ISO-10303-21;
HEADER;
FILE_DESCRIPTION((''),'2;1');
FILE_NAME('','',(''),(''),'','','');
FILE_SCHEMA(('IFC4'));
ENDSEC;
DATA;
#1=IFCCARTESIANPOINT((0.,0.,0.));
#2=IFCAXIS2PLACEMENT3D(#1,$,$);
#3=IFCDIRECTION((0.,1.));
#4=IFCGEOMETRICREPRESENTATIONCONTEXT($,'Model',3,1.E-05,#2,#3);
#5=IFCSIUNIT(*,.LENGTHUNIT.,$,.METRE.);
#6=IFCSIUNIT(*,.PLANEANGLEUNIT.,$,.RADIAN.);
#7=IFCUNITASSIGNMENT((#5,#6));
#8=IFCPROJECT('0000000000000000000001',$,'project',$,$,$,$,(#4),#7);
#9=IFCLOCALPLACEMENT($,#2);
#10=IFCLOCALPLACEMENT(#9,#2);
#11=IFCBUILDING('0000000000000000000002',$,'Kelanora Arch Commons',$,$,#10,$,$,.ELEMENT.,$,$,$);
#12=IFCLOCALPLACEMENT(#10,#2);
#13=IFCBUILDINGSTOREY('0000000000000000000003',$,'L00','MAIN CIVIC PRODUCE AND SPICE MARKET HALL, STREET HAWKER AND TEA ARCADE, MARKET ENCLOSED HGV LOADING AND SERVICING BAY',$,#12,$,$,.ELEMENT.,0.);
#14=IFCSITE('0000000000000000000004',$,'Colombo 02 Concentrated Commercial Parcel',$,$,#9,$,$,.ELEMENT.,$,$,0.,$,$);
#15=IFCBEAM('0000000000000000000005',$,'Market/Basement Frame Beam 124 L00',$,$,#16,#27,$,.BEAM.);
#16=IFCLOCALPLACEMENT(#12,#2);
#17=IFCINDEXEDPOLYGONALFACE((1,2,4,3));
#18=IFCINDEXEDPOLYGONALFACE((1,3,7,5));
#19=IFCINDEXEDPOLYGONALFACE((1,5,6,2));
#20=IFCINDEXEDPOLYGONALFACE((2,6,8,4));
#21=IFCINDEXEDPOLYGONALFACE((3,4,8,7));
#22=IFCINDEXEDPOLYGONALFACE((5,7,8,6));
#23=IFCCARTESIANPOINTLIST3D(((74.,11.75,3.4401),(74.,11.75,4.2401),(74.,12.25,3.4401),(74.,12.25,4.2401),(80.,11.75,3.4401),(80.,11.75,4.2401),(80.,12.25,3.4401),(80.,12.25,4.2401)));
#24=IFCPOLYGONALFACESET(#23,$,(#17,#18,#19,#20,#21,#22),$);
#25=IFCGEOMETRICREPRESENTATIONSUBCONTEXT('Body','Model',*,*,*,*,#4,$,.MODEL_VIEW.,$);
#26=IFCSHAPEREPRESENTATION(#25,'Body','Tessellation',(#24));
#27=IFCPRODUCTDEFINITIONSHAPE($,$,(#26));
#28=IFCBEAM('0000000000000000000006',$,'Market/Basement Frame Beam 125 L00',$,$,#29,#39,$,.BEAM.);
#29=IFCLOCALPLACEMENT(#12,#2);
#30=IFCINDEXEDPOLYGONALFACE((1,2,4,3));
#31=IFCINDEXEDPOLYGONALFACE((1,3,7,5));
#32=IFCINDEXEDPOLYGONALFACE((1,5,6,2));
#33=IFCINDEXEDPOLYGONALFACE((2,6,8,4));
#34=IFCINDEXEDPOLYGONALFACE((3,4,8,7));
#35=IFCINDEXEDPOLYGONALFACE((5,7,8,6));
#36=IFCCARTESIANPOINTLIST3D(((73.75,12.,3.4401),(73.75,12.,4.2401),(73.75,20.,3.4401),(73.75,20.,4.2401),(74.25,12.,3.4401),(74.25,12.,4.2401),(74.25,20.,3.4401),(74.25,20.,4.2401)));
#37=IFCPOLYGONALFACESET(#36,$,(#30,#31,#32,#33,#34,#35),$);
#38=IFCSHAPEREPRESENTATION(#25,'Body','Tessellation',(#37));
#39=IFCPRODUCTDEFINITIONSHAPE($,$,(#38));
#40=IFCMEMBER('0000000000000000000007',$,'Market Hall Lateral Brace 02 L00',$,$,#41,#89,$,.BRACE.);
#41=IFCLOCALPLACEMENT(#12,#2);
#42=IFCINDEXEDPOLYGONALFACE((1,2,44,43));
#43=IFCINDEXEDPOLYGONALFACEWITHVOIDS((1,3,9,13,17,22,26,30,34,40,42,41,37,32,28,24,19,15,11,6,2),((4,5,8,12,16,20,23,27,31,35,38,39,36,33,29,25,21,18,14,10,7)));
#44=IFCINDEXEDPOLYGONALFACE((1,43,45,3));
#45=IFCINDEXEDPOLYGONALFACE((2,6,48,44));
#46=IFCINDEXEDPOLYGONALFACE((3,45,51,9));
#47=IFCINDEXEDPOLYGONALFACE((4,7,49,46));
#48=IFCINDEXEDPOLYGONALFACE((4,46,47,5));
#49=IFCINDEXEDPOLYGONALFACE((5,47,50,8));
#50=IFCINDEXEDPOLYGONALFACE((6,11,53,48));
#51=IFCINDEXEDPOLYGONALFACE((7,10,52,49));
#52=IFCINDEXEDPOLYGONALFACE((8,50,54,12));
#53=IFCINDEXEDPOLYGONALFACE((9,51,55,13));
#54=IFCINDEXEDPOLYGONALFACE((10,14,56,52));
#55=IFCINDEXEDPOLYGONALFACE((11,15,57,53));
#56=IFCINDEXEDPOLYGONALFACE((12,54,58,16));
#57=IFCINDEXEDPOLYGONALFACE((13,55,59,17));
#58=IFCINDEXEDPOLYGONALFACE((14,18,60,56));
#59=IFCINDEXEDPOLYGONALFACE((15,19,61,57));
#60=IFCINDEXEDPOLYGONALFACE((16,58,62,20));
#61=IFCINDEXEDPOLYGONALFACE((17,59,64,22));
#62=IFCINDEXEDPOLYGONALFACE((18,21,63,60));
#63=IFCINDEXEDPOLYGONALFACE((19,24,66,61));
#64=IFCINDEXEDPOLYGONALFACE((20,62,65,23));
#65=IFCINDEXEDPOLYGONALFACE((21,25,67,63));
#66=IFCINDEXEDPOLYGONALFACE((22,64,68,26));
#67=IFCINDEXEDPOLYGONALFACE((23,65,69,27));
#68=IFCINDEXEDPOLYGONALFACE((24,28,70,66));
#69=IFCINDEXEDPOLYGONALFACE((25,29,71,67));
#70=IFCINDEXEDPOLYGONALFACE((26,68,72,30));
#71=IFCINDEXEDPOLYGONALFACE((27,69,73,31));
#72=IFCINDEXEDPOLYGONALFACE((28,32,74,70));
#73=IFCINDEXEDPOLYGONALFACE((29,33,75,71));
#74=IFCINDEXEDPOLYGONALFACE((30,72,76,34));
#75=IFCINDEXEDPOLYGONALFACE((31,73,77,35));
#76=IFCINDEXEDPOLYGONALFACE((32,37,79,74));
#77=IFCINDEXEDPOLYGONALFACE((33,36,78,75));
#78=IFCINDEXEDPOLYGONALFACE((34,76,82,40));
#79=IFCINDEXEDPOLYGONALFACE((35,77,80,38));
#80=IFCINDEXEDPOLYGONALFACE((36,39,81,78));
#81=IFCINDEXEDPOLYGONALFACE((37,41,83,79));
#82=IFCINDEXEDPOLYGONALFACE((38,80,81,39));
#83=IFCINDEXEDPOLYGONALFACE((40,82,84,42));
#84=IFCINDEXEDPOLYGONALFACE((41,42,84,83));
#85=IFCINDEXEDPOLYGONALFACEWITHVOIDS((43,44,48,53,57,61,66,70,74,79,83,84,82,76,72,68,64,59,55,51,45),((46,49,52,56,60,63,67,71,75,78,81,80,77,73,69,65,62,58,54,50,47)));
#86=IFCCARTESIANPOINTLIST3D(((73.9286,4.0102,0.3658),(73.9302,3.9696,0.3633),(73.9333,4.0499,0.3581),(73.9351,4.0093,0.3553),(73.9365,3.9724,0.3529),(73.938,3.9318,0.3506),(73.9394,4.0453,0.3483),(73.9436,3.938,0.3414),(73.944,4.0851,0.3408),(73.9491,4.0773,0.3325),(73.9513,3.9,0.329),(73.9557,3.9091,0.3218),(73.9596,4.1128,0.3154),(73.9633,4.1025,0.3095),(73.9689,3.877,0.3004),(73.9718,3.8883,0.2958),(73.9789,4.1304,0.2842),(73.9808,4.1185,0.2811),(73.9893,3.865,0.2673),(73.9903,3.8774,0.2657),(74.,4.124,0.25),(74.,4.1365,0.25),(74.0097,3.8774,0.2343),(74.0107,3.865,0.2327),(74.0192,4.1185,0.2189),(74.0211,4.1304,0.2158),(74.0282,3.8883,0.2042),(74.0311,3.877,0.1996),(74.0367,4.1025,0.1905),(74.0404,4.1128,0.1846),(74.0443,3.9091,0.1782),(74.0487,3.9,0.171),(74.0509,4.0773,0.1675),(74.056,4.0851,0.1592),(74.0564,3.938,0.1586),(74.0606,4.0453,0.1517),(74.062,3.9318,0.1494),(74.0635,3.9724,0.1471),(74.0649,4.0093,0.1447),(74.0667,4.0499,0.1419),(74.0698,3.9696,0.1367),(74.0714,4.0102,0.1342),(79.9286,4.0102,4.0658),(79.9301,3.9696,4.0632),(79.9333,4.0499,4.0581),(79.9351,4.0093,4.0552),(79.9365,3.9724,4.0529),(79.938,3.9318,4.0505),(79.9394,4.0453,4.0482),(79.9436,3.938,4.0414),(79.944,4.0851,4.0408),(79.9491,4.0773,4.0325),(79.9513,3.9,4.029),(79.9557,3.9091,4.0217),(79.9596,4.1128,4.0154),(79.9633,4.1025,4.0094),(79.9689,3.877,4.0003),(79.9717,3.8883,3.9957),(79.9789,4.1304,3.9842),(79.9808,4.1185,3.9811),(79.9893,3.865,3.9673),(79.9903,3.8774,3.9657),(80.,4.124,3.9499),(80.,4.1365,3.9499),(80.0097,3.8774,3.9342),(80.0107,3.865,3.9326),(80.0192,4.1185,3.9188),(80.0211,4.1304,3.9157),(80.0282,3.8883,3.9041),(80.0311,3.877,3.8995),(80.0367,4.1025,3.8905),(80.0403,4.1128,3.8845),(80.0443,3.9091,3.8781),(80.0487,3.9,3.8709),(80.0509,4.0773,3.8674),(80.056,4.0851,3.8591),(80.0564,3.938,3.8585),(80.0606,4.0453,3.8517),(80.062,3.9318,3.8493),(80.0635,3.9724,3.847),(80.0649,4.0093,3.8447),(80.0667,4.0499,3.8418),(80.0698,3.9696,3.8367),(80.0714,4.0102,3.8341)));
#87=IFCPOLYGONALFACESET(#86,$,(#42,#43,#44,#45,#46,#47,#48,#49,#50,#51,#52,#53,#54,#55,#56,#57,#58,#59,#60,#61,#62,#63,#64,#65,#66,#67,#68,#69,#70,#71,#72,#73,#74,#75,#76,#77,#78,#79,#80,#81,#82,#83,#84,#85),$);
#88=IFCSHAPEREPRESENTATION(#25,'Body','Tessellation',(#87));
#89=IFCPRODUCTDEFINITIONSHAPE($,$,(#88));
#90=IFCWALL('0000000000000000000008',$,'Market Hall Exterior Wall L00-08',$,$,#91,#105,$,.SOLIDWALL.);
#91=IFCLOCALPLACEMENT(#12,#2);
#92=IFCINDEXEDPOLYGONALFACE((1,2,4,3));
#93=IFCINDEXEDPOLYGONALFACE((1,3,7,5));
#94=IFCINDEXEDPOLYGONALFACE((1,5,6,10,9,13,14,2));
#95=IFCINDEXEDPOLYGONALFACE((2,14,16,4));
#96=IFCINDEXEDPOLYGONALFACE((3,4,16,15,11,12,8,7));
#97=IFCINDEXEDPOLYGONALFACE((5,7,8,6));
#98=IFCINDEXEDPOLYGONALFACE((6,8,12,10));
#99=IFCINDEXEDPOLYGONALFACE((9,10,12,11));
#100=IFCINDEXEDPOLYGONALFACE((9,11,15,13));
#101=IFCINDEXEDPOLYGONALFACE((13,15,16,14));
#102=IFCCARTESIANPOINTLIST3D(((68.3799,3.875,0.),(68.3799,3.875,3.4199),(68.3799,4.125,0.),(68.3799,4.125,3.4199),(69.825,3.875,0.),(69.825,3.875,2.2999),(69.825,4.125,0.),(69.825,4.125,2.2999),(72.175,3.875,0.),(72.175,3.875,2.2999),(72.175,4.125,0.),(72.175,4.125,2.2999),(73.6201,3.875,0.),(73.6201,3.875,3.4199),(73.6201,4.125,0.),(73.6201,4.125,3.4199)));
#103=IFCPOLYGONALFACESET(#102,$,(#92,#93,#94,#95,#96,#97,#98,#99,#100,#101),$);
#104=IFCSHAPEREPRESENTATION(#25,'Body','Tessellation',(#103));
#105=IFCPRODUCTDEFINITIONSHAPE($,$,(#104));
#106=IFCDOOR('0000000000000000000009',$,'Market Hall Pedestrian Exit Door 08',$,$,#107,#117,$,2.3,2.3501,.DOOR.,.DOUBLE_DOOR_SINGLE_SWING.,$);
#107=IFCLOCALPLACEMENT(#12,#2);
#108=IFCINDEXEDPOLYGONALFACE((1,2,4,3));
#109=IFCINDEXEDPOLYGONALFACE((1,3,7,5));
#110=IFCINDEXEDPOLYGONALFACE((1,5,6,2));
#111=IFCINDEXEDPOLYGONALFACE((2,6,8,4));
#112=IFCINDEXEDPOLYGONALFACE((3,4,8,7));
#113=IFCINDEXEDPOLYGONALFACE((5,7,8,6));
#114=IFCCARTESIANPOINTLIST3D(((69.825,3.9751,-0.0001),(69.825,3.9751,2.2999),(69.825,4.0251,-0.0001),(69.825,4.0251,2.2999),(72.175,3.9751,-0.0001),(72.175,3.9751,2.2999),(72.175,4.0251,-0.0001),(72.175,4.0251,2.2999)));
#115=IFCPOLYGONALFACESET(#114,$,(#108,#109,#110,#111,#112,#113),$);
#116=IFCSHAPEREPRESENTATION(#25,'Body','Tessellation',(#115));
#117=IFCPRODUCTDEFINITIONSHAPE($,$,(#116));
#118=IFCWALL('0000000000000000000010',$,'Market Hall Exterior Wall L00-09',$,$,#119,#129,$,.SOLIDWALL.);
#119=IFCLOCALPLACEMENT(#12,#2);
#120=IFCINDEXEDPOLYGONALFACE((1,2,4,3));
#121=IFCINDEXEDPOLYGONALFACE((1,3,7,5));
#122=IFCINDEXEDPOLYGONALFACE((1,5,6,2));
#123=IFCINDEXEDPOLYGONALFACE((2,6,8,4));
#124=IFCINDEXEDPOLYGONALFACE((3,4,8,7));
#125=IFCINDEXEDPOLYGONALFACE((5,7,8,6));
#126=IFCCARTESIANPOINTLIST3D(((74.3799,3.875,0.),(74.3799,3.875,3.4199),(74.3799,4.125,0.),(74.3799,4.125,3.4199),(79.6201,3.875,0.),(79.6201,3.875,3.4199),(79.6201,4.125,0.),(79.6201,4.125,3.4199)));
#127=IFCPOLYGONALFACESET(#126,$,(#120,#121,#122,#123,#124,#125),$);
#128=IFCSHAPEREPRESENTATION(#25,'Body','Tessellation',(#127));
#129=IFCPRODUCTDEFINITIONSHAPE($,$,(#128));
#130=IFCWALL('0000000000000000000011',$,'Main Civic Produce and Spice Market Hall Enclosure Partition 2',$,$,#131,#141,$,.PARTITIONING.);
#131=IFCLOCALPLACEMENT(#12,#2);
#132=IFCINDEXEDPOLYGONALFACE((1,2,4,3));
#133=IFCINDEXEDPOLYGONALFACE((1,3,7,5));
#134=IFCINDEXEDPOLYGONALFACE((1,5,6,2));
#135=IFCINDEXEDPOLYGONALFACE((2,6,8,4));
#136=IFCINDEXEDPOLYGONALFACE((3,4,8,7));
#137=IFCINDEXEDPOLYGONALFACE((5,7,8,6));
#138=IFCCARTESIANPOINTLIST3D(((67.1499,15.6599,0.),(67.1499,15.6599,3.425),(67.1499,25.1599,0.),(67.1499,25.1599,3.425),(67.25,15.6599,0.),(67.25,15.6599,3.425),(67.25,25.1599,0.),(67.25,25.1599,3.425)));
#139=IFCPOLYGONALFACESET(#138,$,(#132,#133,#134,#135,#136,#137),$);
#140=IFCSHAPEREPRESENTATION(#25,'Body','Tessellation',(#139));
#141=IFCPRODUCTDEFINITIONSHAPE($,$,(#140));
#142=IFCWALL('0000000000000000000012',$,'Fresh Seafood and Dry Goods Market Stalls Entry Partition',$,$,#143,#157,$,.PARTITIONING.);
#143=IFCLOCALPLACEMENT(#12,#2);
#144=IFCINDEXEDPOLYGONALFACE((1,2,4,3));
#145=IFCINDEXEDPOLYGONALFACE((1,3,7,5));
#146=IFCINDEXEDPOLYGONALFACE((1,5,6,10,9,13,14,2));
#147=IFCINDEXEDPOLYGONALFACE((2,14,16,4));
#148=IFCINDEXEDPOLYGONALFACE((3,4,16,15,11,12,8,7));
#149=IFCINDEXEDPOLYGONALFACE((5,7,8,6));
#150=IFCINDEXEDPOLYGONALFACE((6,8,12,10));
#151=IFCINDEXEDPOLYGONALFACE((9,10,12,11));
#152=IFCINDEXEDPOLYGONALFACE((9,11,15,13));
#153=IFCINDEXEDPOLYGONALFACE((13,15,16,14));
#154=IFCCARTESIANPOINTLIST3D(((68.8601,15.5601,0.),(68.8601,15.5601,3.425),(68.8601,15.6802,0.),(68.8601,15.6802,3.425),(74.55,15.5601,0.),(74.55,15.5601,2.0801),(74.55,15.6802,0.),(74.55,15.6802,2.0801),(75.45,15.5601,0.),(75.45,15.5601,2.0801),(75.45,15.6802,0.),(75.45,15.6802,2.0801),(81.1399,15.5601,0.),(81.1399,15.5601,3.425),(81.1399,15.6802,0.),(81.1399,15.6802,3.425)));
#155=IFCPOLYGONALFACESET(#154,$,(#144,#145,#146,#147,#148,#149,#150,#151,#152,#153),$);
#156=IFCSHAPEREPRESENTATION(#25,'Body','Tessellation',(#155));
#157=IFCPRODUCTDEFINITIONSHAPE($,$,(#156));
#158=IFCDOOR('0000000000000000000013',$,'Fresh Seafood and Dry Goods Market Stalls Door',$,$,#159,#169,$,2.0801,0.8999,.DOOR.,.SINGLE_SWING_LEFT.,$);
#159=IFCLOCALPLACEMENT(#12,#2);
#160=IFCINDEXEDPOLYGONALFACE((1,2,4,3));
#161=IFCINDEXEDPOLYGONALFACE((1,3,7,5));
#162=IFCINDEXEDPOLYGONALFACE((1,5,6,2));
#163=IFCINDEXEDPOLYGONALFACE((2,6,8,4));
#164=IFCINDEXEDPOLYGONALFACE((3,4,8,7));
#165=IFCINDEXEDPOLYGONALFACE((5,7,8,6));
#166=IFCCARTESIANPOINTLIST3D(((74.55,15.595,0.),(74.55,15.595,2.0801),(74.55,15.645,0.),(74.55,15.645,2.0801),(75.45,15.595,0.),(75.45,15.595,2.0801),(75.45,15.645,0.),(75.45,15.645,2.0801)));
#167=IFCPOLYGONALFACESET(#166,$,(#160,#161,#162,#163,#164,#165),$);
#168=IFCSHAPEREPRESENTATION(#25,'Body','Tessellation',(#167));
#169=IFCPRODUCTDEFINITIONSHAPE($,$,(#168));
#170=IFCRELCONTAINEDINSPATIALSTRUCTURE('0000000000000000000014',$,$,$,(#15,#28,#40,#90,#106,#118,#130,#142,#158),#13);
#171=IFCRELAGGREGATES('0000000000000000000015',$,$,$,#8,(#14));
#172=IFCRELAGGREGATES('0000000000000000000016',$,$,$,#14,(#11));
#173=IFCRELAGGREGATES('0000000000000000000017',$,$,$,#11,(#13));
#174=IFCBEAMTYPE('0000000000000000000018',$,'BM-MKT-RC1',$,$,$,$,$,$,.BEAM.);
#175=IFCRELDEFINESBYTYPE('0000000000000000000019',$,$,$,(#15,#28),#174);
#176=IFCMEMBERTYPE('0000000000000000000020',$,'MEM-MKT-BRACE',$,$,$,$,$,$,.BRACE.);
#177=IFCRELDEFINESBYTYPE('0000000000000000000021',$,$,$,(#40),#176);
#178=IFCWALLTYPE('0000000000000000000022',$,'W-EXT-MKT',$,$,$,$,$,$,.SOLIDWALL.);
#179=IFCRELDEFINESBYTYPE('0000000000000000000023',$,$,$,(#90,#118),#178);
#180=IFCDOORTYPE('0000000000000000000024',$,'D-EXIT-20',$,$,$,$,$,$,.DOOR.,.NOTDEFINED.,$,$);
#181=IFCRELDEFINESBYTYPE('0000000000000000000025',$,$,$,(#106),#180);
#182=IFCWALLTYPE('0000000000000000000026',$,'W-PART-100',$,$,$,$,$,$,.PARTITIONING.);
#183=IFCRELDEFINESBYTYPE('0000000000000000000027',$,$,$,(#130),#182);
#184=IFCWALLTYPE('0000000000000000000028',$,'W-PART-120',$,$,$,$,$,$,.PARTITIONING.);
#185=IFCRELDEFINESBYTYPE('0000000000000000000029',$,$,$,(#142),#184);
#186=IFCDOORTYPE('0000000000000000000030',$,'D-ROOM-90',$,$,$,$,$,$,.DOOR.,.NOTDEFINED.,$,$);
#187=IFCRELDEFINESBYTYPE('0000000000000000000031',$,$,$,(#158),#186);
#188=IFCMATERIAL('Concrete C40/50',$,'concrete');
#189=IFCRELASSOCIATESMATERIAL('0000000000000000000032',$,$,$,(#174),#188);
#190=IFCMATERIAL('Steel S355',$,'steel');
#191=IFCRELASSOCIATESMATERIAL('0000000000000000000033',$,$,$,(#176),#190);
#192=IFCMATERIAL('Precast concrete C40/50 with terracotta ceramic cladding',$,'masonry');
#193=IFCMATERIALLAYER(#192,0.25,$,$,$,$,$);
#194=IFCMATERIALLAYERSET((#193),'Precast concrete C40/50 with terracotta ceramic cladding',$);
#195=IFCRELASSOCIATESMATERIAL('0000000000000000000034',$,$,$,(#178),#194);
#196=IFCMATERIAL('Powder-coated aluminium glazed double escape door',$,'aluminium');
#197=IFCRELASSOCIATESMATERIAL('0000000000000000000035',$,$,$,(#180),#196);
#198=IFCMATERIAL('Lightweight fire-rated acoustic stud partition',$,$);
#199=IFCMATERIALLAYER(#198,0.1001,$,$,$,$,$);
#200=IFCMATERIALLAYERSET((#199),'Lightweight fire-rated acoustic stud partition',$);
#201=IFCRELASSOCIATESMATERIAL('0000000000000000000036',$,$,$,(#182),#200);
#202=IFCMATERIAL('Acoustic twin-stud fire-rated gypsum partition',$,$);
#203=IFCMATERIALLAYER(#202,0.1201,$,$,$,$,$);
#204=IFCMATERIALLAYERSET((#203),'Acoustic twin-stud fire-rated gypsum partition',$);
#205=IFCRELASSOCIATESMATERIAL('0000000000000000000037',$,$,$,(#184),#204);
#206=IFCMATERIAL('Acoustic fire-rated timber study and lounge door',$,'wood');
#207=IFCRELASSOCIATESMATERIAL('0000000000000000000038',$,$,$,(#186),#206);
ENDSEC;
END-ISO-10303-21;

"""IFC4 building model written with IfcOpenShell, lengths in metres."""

from ifc_helpers import new_model, si_unit, direction, frame, frame_2d, origin, origin_2d, place, context, subcontext, project, spatial, rectangle, hollow_circle, extrude, material, layer, layer_set, material_profile, profile_set, type_object, element, fill, save


model = new_model("IFC4")

# Units and contexts
model_context = context("Model", 3, precision=1e-05, world=origin(), true_north=direction((0.0, 1.0)))
body_context = subcontext(model_context, "Body", "Model", "MODEL_VIEW")
ifc_project = project(units=[si_unit("LENGTHUNIT", "METRE"), si_unit("PLANEANGLEUNIT", "RADIAN")], contexts=[model_context])

# Site, building, storey
site_placement = place(None, origin())
site = spatial("IfcSite", under=ifc_project, at=site_placement, Name="Colombo 02 Concentrated Commercial Parcel", CompositionType="ELEMENT", RefElevation=0.0)
building_placement = place(site_placement, origin())
building = spatial("IfcBuilding", under=site, at=building_placement, Name="Kelanora Arch Commons", CompositionType="ELEMENT")
storey_placement = place(building_placement, origin())
storey = spatial("IfcBuildingStorey", under=building, at=storey_placement, Name="L00", Description="MAIN CIVIC PRODUCE AND SPICE MARKET HALL, STREET HAWKER AND TEA ARCADE, MARKET ENCLOSED HGV LOADING AND SERVICING BAY", CompositionType="ELEMENT", Elevation=0.0)

# Beams
ifc_material_1 = material(Name="Concrete C40/50", Category="concrete")
ifc_material_profile_1 = material_profile(ifc_material_1, rectangle(XDim=0.5, YDim=0.8, at=origin_2d()), Name="RCB500x800")
ifc_profile_set_1 = profile_set([ifc_material_profile_1], Name="Concrete C40/50")
beam_type = type_object("IfcBeamType", Name="BM-MKT-RC1", PredefinedType="BEAM", material=ifc_profile_set_1)
beam_1_placement = place(storey_placement, frame((74.0, 12.0, 3.8401), z_axis=(1.0, 0.0, 0.0), x_axis=(0.0, 1.0, 0.0)))
element("IfcBeam", 1, at=beam_1_placement, inside=storey, type_object=beam_type, Name="Market/Basement Frame Beam 124 L00", PredefinedType="BEAM", context=body_context, shape_type="SweptSolid", body=[
    extrude(rectangle(XDim=0.5, YDim=0.8, at=origin_2d()), origin(), (0.0, 0.0, 1.0), 6.0),
])
beam_2_placement = place(storey_placement, frame((74.0, 12.0, 3.8401), z_axis=(0.0, 1.0, 0.0), x_axis=(-1.0, 0.0, 0.0)))
element("IfcBeam", 2, at=beam_2_placement, inside=storey, type_object=beam_type, Name="Market/Basement Frame Beam 125 L00", PredefinedType="BEAM", context=body_context, shape_type="SweptSolid", body=[
    extrude(rectangle(XDim=0.5, YDim=0.8, at=origin_2d()), origin(), (0.0, 0.0, 1.0), 8.0),
])

# Member
ifc_material_2 = material(Name="Steel S355", Category="steel")
ifc_material_profile_2 = material_profile(ifc_material_2, hollow_circle(Radius=0.1365, WallThickness=0.0125, at=origin_2d()), Name="CHS273x12.5")
ifc_profile_set_2 = profile_set([ifc_material_profile_2], Name="Steel S355")
member_type = type_object("IfcMemberType", Name="MEM-MKT-BRACE", PredefinedType="BRACE", material=ifc_profile_set_2)
member_placement = place(storey_placement, frame((74.0, 4.0, 0.25), z_axis=(0.851174, 0.0, 0.524884), x_axis=(0.0, 1.0, 0.0)))
element("IfcMember", 3, at=member_placement, inside=storey, type_object=member_type, Name="Market Hall Lateral Brace 02 L00", PredefinedType="BRACE", context=body_context, shape_type="SweptSolid", body=[
    extrude(hollow_circle(Radius=0.1365, WallThickness=0.0125, at=origin_2d()), origin(), (0.0, 0.0, 1.0), 7.0491),
])

# Wall, opening, door
ifc_material_3 = material(Name="Precast concrete C40/50 with terracotta ceramic cladding", Category="masonry")
ifc_layer_1 = layer(ifc_material_3, 0.25)
ifc_layer_set_1 = layer_set([ifc_layer_1], Name="Precast concrete C40/50 with terracotta ceramic cladding")
wall_type_1 = type_object("IfcWallType", Name="W-EXT-MKT", PredefinedType="SOLIDWALL", material=ifc_layer_set_1)
wall_1_placement = place(storey_placement, frame((68.3799, 4.0, 0.0), z_axis=(0.0, 0.0, 1.0), x_axis=(1.0, 0.0, 0.0)))
wall_1 = element("IfcWall", 4, at=wall_1_placement, inside=storey, type_object=wall_type_1, Name="Market Hall Exterior Wall L00-08", PredefinedType="SOLIDWALL", context=body_context, shape_type="SweptSolid", body=[
    extrude(rectangle(XDim=5.2402, YDim=0.25, at=frame_2d((2.6201, 0.0))), origin(), (0.0, 0.0, 1.0), 3.4199),
])
opening_1_placement = place(wall_1_placement, frame((1.4451, 0.0, 0.0)))
opening_1 = element("IfcOpeningElement", 5, at=opening_1_placement, cuts=wall_1, PredefinedType="OPENING", context=body_context, shape_type="SweptSolid", body=[
    extrude(rectangle(XDim=2.3501, YDim=2.3, at=frame_2d((1.175, 1.1499))), frame((0.0, 0.135, 0.0), z_axis=(0.0, -1.0, 0.0), x_axis=(1.0, 0.0, 0.0)), (0.0, 0.0, 1.0), 0.27),
])
ifc_material_4 = material(Name="Powder-coated aluminium glazed double escape door", Category="aluminium")
door_type_1 = type_object("IfcDoorType", Name="D-EXIT-20", OperationType="NOTDEFINED", PredefinedType="DOOR", material=ifc_material_4)
door_1_placement = place(opening_1_placement, frame((2.3501, 0.0, 0.0), z_axis=(0.0, 0.0, 1.0), x_axis=(-1.0, 0.0, 0.0)))
door_1 = element("IfcDoor", 6, at=door_1_placement, inside=storey, type_object=door_type_1, Name="Market Hall Pedestrian Exit Door 08", OperationType="DOUBLE_DOOR_SINGLE_SWING", OverallHeight=2.3, OverallWidth=2.3501, PredefinedType="DOOR", context=body_context, shape_type="SweptSolid", body=[
    extrude(rectangle(XDim=2.3501, YDim=2.3, at=frame_2d((1.175, 1.1499))), frame((0.0, 0.0249, 0.0), z_axis=(0.0, -1.0, 0.0), x_axis=(1.0, 0.0, 0.0)), (0.0, 0.0, 1.0), 0.05),
])
fill(opening_1, door_1)

# Walls
wall_2_placement = place(storey_placement, frame((74.3799, 4.0, 0.0), z_axis=(0.0, 0.0, 1.0), x_axis=(1.0, 0.0, 0.0)))
element("IfcWall", 7, at=wall_2_placement, inside=storey, type_object=wall_type_1, Name="Market Hall Exterior Wall L00-09", PredefinedType="SOLIDWALL", context=body_context, shape_type="SweptSolid", body=[
    extrude(rectangle(XDim=5.2402, YDim=0.25, at=frame_2d((2.6201, 0.0))), origin(), (0.0, 0.0, 1.0), 3.4199),
])
ifc_material_5 = material(Name="Lightweight fire-rated acoustic stud partition")
ifc_layer_2 = layer(ifc_material_5, 0.1001)
ifc_layer_set_2 = layer_set([ifc_layer_2], Name="Lightweight fire-rated acoustic stud partition")
wall_type_2 = type_object("IfcWallType", Name="W-PART-100", PredefinedType="PARTITIONING", material=ifc_layer_set_2)
wall_3_placement = place(storey_placement, frame((67.2, 15.6599, 0.0), z_axis=(0.0, 0.0, 1.0), x_axis=(0.0, 1.0, 0.0)))
element("IfcWall", 8, at=wall_3_placement, inside=storey, type_object=wall_type_2, Name="Main Civic Produce and Spice Market Hall Enclosure Partition 2", PredefinedType="PARTITIONING", context=body_context, shape_type="SweptSolid", body=[
    extrude(rectangle(XDim=9.5, YDim=0.1001, at=frame_2d((4.75, 0.0))), origin(), (0.0, 0.0, 1.0), 3.425),
])

# Wall, opening, door
ifc_material_6 = material(Name="Acoustic twin-stud fire-rated gypsum partition")
ifc_layer_3 = layer(ifc_material_6, 0.1201)
ifc_layer_set_3 = layer_set([ifc_layer_3], Name="Acoustic twin-stud fire-rated gypsum partition")
wall_type_3 = type_object("IfcWallType", Name="W-PART-120", PredefinedType="PARTITIONING", material=ifc_layer_set_3)
wall_4_placement = place(storey_placement, frame((68.8601, 15.6201, 0.0), z_axis=(0.0, 0.0, 1.0), x_axis=(1.0, 0.0, 0.0)))
wall_4 = element("IfcWall", 9, at=wall_4_placement, inside=storey, type_object=wall_type_3, Name="Fresh Seafood and Dry Goods Market Stalls Entry Partition", PredefinedType="PARTITIONING", context=body_context, shape_type="SweptSolid", body=[
    extrude(rectangle(XDim=12.2798, YDim=0.1201, at=frame_2d((6.1399, 0.0))), origin(), (0.0, 0.0, 1.0), 3.425),
])
opening_2_placement = place(wall_4_placement, frame((5.6899, 0.0, 0.0)))
opening_2 = element("IfcOpeningElement", 10, at=opening_2_placement, cuts=wall_4, PredefinedType="OPENING", context=body_context, shape_type="SweptSolid", body=[
    extrude(rectangle(XDim=0.8999, YDim=2.0801, at=frame_2d((0.45, 1.04))), frame((0.0, 0.0701, 0.0), z_axis=(0.0, -1.0, 0.0), x_axis=(1.0, 0.0, 0.0)), (0.0, 0.0, 1.0), 0.1401),
])
ifc_material_7 = material(Name="Acoustic fire-rated timber study and lounge door", Category="wood")
door_type_2 = type_object("IfcDoorType", Name="D-ROOM-90", OperationType="NOTDEFINED", PredefinedType="DOOR", material=ifc_material_7)
door_2_placement = place(opening_2_placement, origin())
door_2 = element("IfcDoor", 11, at=door_2_placement, inside=storey, type_object=door_type_2, Name="Fresh Seafood and Dry Goods Market Stalls Door", OperationType="SINGLE_SWING_LEFT", OverallHeight=2.0801, OverallWidth=0.8999, PredefinedType="DOOR", context=body_context, shape_type="SweptSolid", body=[
    extrude(rectangle(XDim=0.8999, YDim=2.0801, at=frame_2d((0.45, 1.04))), frame((0.0, 0.0249, 0.0), z_axis=(0.0, -1.0, 0.0), x_axis=(1.0, 0.0, 0.0)), (0.0, 0.0, 1.0), 0.05),
])
fill(opening_2, door_2)

save(model, "model.ifc")
